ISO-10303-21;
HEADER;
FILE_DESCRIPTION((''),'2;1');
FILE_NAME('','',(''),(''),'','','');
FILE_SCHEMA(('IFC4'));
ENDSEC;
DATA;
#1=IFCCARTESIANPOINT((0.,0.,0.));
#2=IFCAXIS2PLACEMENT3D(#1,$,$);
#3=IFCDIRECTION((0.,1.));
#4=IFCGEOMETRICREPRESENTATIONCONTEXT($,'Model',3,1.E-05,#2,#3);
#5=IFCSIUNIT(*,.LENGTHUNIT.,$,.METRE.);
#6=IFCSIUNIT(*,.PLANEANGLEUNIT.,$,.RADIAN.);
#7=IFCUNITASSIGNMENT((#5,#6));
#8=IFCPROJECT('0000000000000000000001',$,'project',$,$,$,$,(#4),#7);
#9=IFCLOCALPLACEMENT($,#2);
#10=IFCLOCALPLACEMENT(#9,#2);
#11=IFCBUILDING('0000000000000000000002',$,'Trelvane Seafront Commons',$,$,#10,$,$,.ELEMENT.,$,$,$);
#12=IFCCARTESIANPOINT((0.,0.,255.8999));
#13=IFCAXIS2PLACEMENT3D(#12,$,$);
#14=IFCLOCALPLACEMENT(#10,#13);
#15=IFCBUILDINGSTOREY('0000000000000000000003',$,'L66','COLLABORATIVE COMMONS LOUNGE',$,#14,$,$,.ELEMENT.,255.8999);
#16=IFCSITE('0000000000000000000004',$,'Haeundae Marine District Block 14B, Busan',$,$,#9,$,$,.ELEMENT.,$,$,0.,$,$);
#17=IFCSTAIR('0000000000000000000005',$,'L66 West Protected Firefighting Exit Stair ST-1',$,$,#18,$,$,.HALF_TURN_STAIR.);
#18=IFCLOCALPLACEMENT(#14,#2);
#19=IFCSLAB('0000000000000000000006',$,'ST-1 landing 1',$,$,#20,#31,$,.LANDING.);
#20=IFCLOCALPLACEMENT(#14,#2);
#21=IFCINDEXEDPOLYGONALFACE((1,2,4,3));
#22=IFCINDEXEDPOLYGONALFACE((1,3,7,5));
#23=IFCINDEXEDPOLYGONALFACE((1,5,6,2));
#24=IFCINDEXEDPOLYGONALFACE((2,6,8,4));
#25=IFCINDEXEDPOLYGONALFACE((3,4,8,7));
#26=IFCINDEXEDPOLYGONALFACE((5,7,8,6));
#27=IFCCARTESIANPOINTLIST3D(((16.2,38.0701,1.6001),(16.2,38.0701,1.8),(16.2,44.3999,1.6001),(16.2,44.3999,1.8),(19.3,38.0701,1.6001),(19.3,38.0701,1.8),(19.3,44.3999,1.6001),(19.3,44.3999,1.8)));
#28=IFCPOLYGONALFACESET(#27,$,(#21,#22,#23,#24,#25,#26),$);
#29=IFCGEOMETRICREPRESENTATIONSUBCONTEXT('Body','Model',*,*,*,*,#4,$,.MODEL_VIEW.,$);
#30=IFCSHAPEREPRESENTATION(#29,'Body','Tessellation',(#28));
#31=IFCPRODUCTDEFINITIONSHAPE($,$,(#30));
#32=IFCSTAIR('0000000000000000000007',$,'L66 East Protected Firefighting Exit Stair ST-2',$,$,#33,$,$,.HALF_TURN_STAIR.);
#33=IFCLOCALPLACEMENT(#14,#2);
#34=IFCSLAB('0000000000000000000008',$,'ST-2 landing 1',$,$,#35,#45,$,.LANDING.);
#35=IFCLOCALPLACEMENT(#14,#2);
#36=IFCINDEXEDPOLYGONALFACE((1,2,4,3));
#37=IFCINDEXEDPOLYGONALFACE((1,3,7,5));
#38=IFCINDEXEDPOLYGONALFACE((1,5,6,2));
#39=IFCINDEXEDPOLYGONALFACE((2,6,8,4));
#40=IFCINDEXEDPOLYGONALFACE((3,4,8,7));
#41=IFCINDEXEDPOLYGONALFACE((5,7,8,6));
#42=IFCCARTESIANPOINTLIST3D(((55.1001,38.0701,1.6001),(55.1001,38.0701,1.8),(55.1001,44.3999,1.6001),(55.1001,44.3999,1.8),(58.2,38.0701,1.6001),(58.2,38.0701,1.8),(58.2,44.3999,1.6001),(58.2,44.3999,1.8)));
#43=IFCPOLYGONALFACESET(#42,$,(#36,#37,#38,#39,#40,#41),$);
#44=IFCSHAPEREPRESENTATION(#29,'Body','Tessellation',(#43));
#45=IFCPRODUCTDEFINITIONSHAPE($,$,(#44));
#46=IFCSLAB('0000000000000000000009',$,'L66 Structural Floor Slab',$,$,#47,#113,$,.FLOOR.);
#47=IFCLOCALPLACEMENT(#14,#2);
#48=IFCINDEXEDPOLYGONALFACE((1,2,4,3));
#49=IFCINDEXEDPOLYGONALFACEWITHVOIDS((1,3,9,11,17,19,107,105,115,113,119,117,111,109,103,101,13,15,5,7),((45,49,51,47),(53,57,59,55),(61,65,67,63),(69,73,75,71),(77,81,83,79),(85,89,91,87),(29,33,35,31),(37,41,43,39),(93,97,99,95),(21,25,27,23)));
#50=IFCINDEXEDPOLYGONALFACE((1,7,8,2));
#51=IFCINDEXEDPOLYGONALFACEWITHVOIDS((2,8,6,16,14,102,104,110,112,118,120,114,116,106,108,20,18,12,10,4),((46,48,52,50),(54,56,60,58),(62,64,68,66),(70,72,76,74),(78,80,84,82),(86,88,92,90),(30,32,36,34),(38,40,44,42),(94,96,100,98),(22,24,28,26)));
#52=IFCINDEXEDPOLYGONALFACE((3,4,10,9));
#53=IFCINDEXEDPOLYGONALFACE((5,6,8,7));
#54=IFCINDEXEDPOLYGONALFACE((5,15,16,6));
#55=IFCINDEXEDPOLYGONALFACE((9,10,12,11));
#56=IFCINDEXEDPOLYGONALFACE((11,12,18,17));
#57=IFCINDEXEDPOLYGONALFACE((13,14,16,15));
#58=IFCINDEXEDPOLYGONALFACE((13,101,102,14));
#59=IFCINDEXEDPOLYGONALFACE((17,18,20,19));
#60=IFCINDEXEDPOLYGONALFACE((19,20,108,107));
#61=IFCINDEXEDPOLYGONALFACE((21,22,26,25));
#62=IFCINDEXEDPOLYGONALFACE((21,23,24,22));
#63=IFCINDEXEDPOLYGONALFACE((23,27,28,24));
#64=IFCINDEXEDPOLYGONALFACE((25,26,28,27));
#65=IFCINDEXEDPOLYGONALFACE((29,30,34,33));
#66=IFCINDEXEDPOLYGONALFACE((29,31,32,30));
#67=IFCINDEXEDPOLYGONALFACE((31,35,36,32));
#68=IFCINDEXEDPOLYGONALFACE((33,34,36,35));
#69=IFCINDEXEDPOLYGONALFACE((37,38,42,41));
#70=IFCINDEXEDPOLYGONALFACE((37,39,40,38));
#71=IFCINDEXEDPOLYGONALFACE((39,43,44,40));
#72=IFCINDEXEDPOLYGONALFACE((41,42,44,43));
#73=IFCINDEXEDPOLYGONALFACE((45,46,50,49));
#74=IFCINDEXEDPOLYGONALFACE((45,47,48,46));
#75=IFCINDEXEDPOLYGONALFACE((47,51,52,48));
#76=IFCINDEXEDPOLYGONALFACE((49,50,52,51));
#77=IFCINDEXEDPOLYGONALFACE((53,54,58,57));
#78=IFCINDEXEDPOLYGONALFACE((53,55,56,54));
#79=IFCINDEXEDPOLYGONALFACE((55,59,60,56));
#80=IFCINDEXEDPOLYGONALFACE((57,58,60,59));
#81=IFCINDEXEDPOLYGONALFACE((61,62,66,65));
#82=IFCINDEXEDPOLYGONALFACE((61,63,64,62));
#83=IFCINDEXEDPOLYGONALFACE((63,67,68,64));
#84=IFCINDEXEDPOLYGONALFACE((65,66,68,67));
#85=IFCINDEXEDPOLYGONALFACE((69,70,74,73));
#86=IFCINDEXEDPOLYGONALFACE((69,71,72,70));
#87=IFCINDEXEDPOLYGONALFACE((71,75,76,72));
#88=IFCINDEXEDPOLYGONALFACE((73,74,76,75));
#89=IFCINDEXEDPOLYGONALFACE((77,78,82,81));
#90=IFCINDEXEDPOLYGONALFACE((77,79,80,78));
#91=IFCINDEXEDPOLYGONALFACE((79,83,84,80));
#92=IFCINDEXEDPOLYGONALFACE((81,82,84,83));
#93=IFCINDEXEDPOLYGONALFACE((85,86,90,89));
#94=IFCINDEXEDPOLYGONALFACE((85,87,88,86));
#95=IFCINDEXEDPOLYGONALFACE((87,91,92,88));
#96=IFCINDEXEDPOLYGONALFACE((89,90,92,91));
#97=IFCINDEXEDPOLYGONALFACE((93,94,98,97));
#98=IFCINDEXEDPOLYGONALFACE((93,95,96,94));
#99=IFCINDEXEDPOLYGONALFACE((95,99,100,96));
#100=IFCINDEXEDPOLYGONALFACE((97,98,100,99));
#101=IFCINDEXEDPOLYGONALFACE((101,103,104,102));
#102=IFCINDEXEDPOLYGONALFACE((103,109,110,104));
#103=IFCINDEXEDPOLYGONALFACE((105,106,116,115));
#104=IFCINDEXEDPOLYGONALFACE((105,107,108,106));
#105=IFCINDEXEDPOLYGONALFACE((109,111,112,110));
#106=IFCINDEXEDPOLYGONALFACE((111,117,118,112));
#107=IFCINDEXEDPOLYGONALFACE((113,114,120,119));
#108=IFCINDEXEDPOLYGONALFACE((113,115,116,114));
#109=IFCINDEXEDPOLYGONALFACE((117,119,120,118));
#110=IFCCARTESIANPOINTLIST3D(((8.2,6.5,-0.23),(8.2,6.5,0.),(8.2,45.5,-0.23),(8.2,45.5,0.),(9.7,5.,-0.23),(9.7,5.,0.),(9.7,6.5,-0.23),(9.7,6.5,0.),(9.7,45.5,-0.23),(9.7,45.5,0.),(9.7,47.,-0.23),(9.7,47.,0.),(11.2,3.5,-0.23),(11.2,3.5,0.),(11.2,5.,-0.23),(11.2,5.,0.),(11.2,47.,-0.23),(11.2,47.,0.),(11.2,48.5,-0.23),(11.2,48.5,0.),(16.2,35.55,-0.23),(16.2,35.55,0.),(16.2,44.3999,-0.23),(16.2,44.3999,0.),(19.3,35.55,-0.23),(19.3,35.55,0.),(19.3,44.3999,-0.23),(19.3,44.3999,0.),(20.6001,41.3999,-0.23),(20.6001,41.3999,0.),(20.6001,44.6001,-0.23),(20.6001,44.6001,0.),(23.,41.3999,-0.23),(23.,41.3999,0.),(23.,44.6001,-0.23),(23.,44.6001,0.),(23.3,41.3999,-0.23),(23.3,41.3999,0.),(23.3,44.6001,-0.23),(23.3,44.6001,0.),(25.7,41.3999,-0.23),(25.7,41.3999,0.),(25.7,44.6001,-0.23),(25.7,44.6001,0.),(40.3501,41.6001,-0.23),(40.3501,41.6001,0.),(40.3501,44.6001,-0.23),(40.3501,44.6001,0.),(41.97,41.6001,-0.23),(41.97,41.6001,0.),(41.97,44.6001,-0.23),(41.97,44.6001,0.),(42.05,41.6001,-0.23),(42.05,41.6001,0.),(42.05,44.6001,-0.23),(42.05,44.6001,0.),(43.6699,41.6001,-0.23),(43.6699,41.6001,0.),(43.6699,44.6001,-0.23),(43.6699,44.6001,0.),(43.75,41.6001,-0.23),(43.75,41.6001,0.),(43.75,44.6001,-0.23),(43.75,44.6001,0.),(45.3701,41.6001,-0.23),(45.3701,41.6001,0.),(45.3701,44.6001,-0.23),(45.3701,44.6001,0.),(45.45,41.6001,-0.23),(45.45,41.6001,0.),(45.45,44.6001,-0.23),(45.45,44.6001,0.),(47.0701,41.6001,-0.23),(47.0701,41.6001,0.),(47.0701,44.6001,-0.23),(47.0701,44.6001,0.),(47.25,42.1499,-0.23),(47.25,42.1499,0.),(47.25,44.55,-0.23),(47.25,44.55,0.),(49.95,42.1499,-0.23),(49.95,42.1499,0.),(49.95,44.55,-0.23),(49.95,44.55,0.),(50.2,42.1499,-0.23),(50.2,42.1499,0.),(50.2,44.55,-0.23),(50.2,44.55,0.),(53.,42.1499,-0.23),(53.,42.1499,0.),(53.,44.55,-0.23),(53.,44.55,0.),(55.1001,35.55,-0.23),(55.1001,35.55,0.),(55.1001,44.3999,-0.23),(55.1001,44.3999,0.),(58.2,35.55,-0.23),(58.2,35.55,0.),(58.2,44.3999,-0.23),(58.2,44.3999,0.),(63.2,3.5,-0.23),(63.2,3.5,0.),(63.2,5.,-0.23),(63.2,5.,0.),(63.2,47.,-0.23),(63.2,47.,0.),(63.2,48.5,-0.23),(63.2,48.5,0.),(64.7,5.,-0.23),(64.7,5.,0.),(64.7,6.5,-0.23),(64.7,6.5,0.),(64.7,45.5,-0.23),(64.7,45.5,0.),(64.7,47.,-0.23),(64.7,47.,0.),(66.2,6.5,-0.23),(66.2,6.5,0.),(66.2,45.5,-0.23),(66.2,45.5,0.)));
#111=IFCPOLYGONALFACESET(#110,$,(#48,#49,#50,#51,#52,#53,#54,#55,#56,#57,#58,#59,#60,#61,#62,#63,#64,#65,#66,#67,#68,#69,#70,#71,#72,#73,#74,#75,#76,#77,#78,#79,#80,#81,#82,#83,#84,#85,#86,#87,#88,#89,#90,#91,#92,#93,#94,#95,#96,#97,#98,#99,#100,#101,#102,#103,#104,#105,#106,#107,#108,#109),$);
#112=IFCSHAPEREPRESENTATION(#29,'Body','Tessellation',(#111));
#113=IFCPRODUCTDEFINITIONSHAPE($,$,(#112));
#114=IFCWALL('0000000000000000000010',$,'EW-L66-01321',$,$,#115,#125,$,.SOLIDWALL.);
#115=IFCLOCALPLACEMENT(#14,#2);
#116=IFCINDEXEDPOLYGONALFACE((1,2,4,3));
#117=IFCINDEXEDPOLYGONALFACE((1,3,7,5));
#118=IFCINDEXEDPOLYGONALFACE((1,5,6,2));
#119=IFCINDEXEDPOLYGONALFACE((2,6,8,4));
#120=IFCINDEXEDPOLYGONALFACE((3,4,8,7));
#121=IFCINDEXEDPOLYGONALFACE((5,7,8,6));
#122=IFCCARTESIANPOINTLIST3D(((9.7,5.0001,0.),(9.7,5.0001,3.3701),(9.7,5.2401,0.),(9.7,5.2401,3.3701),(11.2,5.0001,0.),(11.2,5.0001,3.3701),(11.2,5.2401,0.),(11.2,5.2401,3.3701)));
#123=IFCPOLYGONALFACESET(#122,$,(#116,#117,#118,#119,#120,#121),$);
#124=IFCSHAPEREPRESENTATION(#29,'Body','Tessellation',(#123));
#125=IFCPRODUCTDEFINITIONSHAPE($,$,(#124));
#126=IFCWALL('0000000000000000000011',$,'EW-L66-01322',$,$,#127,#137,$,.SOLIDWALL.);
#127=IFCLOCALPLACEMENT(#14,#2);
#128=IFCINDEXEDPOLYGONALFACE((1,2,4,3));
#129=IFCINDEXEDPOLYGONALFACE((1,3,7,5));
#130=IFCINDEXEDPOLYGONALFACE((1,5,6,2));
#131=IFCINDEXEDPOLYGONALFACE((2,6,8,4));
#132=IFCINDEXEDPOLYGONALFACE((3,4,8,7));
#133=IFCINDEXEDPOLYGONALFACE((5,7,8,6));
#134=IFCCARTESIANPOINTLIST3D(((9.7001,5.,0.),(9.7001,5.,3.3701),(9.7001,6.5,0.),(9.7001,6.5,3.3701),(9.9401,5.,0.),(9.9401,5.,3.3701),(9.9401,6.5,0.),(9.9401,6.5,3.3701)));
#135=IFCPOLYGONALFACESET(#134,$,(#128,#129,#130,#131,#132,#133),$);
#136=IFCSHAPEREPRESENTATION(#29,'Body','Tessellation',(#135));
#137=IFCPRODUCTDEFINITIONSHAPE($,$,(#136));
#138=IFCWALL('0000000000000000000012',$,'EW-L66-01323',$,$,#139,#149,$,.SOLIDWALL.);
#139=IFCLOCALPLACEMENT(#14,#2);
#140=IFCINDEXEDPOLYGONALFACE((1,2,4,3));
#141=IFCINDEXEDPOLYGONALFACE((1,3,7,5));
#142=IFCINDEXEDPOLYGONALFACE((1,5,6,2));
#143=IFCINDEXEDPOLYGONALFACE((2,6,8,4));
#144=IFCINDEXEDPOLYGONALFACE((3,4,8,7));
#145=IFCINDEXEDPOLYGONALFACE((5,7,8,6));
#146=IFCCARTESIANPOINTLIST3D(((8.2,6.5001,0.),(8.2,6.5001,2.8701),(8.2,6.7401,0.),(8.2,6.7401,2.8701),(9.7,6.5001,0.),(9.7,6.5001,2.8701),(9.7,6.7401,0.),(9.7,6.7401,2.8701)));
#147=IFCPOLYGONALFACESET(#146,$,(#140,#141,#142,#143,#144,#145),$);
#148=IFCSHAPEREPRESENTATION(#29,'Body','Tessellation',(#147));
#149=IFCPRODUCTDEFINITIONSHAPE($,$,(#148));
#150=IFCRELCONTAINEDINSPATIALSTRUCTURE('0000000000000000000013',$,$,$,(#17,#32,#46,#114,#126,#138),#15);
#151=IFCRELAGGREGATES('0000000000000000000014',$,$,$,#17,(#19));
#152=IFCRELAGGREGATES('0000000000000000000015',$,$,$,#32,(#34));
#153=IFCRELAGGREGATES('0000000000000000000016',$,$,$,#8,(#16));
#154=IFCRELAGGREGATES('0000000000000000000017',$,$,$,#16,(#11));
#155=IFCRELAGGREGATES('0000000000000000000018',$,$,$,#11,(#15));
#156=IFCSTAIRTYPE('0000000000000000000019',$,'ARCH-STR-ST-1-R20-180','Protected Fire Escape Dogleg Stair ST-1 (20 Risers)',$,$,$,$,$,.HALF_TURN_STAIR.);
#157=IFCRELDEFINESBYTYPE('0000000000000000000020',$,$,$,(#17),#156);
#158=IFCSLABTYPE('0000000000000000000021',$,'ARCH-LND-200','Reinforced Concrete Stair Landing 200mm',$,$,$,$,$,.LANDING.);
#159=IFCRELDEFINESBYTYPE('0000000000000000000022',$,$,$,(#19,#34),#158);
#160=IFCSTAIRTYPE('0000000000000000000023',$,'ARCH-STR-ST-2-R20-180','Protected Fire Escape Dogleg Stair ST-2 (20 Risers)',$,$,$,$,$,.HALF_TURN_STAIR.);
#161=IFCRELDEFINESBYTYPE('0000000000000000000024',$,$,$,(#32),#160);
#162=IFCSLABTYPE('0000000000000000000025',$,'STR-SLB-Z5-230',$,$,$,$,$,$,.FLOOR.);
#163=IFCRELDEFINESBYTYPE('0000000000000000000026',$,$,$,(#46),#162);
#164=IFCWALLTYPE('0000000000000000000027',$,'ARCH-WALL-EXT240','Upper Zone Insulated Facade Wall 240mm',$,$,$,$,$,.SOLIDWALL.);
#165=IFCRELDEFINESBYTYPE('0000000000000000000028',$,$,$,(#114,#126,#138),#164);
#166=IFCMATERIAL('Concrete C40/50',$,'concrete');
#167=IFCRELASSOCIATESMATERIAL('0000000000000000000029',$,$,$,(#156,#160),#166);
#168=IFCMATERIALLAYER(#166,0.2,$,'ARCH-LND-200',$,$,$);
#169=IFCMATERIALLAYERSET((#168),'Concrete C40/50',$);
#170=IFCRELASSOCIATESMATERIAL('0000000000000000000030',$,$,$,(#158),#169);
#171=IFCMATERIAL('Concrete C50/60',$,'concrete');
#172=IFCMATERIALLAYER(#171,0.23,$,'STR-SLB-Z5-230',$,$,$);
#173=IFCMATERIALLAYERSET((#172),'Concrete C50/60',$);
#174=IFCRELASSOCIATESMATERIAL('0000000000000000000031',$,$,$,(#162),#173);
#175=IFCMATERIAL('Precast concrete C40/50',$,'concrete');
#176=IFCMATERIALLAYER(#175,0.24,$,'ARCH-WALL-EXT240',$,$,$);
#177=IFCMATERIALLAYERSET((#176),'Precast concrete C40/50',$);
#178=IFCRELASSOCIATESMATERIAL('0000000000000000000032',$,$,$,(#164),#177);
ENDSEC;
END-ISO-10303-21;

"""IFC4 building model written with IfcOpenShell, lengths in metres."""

from ifc_helpers import new_model, si_unit, direction, frame, frame_2d, origin, place, context, subcontext, project, spatial, polyline, rectangle, outline, extrude, material, layer, layer_set, type_object, element, aggregate, save


model = new_model("IFC4")

# Units and contexts
model_context = context("Model", 3, precision=1e-05, world=origin(), true_north=direction((0.0, 1.0)))
body_context = subcontext(model_context, "Body", "Model", "MODEL_VIEW")
ifc_project = project(units=[si_unit("LENGTHUNIT", "METRE"), si_unit("PLANEANGLEUNIT", "RADIAN")], contexts=[model_context])

# Site, building, storey
site_placement = place(None, origin())
site = spatial("IfcSite", under=ifc_project, at=site_placement, Name="Haeundae Marine District Block 14B, Busan", CompositionType="ELEMENT", RefElevation=0.0)
building_placement = place(site_placement, origin())
building = spatial("IfcBuilding", under=site, at=building_placement, Name="Trelvane Seafront Commons", CompositionType="ELEMENT")
storey_placement = place(building_placement, frame((0.0, 0.0, 255.8999)))
storey = spatial("IfcBuildingStorey", under=building, at=storey_placement, Name="L66", Description="COLLABORATIVE COMMONS LOUNGE", CompositionType="ELEMENT", Elevation=255.8999)

# Shared definitions
ifc_material_1 = material(Name="Concrete C40/50", Category="concrete")

# Stairs, slabs
stair_type_1 = type_object("IfcStairType", Name="ARCH-STR-ST-1-R20-180", Description="Protected Fire Escape Dogleg Stair ST-1 (20 Risers)", PredefinedType="HALF_TURN_STAIR", material=ifc_material_1)
stair_1_placement = place(storey_placement, origin())
stair_1 = element("IfcStair", 1, at=stair_1_placement, inside=storey, type_object=stair_type_1, Name="L66 West Protected Firefighting Exit Stair ST-1", PredefinedType="HALF_TURN_STAIR")
ifc_layer_1 = layer(ifc_material_1, 0.2, Name="ARCH-LND-200")
ifc_layer_set_1 = layer_set([ifc_layer_1], Name="Concrete C40/50")
slab_type_1 = type_object("IfcSlabType", Name="ARCH-LND-200", Description="Reinforced Concrete Stair Landing 200mm", PredefinedType="LANDING", material=ifc_layer_set_1)
slab_1_placement = place(storey_placement, frame((0.0, 0.0, 1.6001)))
slab_1 = element("IfcSlab", 2, at=slab_1_placement, type_object=slab_type_1, Name="ST-1 landing 1", PredefinedType="LANDING", context=body_context, shape_type="SweptSolid", body=[
    extrude(outline(polyline([(19.3, 38.0701), (19.3, 44.3999), (16.2, 44.3999), (16.2, 38.0701), (19.3, 38.0701)])), origin(), (0.0, 0.0, 1.0), 0.2),
])
aggregate(stair_1, [slab_1])
stair_type_2 = type_object("IfcStairType", Name="ARCH-STR-ST-2-R20-180", Description="Protected Fire Escape Dogleg Stair ST-2 (20 Risers)", PredefinedType="HALF_TURN_STAIR", material=ifc_material_1)
stair_2_placement = place(storey_placement, origin())
stair_2 = element("IfcStair", 3, at=stair_2_placement, inside=storey, type_object=stair_type_2, Name="L66 East Protected Firefighting Exit Stair ST-2", PredefinedType="HALF_TURN_STAIR")
slab_2_placement = place(storey_placement, frame((0.0, 0.0, 1.6001)))
slab_2 = element("IfcSlab", 4, at=slab_2_placement, type_object=slab_type_1, Name="ST-2 landing 1", PredefinedType="LANDING", context=body_context, shape_type="SweptSolid", body=[
    extrude(outline(polyline([(58.2, 38.0701), (58.2, 44.3999), (55.1001, 44.3999), (55.1001, 38.0701), (58.2, 38.0701)])), origin(), (0.0, 0.0, 1.0), 0.2),
])
aggregate(stair_2, [slab_2])

# Slab
ifc_material_2 = material(Name="Concrete C50/60", Category="concrete")
ifc_layer_2 = layer(ifc_material_2, 0.23, Name="STR-SLB-Z5-230")
ifc_layer_set_2 = layer_set([ifc_layer_2], Name="Concrete C50/60")
slab_type_2 = type_object("IfcSlabType", Name="STR-SLB-Z5-230", PredefinedType="FLOOR", material=ifc_layer_set_2)
slab_3_placement = place(storey_placement, frame((0.0, 0.0, -0.23)))
element("IfcSlab", 5, at=slab_3_placement, inside=storey, type_object=slab_type_2, Name="L66 Structural Floor Slab", PredefinedType="FLOOR", context=body_context, shape_type="SweptSolid", body=[
    extrude(outline(polyline([(11.2, 3.5), (63.2, 3.5), (63.2, 5.0), (64.7, 5.0), (64.7, 6.5), (66.2, 6.5), (66.2, 45.5), (64.7, 45.5), (64.7, 47.0), (63.2, 47.0), (63.2, 48.5), (11.2, 48.5), (11.2, 47.0), (9.7, 47.0), (9.7, 45.5), (8.2, 45.5), (8.2, 6.5), (9.7, 6.5), (9.7, 5.0), (11.2, 5.0), (11.2, 3.5)]), holes=[polyline([(19.3, 35.55), (16.2, 35.55), (16.2, 44.3999), (19.3, 44.3999), (19.3, 35.55)]), polyline([(58.2, 35.55), (55.1001, 35.55), (55.1001, 44.3999), (58.2, 44.3999), (58.2, 35.55)]), polyline([(23.0, 41.3999), (20.6001, 41.3999), (20.6001, 44.6001), (23.0, 44.6001), (23.0, 41.3999)]), polyline([(23.3, 41.3999), (23.3, 44.6001), (25.7, 44.6001), (25.7, 41.3999), (23.3, 41.3999)]), polyline([(40.3501, 41.6001), (40.3501, 44.6001), (41.97, 44.6001), (41.97, 41.6001), (40.3501, 41.6001)]), polyline([(43.6699, 41.6001), (42.05, 41.6001), (42.05, 44.6001), (43.6699, 44.6001), (43.6699, 41.6001)]), polyline([(45.3701, 41.6001), (43.75, 41.6001), (43.75, 44.6001), (45.3701, 44.6001), (45.3701, 41.6001)]), polyline([(47.0701, 41.6001), (45.45, 41.6001), (45.45, 44.6001), (47.0701, 44.6001), (47.0701, 41.6001)]), polyline([(47.25, 42.1499), (47.25, 44.55), (49.95, 44.55), (49.95, 42.1499), (47.25, 42.1499)]), polyline([(50.2, 42.1499), (50.2, 44.55), (53.0, 44.55), (53.0, 42.1499), (50.2, 42.1499)])]), origin(), (0.0, 0.0, 1.0), 0.23),
])

# Walls
ifc_material_3 = material(Name="Precast concrete C40/50", Category="concrete")
ifc_layer_3 = layer(ifc_material_3, 0.24, Name="ARCH-WALL-EXT240")
ifc_layer_set_3 = layer_set([ifc_layer_3], Name="Precast concrete C40/50")
wall_type_1 = type_object("IfcWallType", Name="ARCH-WALL-EXT240", Description="Upper Zone Insulated Facade Wall 240mm", PredefinedType="SOLIDWALL", material=ifc_layer_set_3)
for number, where, z_axis, x_axis, name in (
    (6, (11.2, 5.1201, 0.0), (0.0, 0.0, 1.0), (-1.0, 0.0, 0.0), "EW-L66-01321"),
    (7, (9.8201, 5.0, 0.0), (0.0, 0.0, 1.0), (0.0, 1.0, 0.0), "EW-L66-01322"),
):
    element("IfcWall", number, at=place(storey_placement, frame(where, z_axis=z_axis, x_axis=x_axis)), inside=storey, type_object=wall_type_1, Name=name, PredefinedType="SOLIDWALL", context=body_context, shape_type="SweptSolid", body=[
        extrude(rectangle(XDim=1.5, YDim=0.24, at=frame_2d((0.75, 0.0))), origin(), (0.0, 0.0, 1.0), 3.3701),
    ])
wall_1_placement = place(storey_placement, frame((9.7, 6.6201, 0.0), z_axis=(0.0, 0.0, 1.0), x_axis=(-1.0, 0.0, 0.0)))
element("IfcWall", 8, at=wall_1_placement, inside=storey, type_object=wall_type_1, Name="EW-L66-01323", PredefinedType="SOLIDWALL", context=body_context, shape_type="SweptSolid", body=[
    extrude(rectangle(XDim=1.5, YDim=0.24, at=frame_2d((0.75, 0.0))), origin(), (0.0, 0.0, 1.0), 2.8701),
])

save(model, "model.ifc")
